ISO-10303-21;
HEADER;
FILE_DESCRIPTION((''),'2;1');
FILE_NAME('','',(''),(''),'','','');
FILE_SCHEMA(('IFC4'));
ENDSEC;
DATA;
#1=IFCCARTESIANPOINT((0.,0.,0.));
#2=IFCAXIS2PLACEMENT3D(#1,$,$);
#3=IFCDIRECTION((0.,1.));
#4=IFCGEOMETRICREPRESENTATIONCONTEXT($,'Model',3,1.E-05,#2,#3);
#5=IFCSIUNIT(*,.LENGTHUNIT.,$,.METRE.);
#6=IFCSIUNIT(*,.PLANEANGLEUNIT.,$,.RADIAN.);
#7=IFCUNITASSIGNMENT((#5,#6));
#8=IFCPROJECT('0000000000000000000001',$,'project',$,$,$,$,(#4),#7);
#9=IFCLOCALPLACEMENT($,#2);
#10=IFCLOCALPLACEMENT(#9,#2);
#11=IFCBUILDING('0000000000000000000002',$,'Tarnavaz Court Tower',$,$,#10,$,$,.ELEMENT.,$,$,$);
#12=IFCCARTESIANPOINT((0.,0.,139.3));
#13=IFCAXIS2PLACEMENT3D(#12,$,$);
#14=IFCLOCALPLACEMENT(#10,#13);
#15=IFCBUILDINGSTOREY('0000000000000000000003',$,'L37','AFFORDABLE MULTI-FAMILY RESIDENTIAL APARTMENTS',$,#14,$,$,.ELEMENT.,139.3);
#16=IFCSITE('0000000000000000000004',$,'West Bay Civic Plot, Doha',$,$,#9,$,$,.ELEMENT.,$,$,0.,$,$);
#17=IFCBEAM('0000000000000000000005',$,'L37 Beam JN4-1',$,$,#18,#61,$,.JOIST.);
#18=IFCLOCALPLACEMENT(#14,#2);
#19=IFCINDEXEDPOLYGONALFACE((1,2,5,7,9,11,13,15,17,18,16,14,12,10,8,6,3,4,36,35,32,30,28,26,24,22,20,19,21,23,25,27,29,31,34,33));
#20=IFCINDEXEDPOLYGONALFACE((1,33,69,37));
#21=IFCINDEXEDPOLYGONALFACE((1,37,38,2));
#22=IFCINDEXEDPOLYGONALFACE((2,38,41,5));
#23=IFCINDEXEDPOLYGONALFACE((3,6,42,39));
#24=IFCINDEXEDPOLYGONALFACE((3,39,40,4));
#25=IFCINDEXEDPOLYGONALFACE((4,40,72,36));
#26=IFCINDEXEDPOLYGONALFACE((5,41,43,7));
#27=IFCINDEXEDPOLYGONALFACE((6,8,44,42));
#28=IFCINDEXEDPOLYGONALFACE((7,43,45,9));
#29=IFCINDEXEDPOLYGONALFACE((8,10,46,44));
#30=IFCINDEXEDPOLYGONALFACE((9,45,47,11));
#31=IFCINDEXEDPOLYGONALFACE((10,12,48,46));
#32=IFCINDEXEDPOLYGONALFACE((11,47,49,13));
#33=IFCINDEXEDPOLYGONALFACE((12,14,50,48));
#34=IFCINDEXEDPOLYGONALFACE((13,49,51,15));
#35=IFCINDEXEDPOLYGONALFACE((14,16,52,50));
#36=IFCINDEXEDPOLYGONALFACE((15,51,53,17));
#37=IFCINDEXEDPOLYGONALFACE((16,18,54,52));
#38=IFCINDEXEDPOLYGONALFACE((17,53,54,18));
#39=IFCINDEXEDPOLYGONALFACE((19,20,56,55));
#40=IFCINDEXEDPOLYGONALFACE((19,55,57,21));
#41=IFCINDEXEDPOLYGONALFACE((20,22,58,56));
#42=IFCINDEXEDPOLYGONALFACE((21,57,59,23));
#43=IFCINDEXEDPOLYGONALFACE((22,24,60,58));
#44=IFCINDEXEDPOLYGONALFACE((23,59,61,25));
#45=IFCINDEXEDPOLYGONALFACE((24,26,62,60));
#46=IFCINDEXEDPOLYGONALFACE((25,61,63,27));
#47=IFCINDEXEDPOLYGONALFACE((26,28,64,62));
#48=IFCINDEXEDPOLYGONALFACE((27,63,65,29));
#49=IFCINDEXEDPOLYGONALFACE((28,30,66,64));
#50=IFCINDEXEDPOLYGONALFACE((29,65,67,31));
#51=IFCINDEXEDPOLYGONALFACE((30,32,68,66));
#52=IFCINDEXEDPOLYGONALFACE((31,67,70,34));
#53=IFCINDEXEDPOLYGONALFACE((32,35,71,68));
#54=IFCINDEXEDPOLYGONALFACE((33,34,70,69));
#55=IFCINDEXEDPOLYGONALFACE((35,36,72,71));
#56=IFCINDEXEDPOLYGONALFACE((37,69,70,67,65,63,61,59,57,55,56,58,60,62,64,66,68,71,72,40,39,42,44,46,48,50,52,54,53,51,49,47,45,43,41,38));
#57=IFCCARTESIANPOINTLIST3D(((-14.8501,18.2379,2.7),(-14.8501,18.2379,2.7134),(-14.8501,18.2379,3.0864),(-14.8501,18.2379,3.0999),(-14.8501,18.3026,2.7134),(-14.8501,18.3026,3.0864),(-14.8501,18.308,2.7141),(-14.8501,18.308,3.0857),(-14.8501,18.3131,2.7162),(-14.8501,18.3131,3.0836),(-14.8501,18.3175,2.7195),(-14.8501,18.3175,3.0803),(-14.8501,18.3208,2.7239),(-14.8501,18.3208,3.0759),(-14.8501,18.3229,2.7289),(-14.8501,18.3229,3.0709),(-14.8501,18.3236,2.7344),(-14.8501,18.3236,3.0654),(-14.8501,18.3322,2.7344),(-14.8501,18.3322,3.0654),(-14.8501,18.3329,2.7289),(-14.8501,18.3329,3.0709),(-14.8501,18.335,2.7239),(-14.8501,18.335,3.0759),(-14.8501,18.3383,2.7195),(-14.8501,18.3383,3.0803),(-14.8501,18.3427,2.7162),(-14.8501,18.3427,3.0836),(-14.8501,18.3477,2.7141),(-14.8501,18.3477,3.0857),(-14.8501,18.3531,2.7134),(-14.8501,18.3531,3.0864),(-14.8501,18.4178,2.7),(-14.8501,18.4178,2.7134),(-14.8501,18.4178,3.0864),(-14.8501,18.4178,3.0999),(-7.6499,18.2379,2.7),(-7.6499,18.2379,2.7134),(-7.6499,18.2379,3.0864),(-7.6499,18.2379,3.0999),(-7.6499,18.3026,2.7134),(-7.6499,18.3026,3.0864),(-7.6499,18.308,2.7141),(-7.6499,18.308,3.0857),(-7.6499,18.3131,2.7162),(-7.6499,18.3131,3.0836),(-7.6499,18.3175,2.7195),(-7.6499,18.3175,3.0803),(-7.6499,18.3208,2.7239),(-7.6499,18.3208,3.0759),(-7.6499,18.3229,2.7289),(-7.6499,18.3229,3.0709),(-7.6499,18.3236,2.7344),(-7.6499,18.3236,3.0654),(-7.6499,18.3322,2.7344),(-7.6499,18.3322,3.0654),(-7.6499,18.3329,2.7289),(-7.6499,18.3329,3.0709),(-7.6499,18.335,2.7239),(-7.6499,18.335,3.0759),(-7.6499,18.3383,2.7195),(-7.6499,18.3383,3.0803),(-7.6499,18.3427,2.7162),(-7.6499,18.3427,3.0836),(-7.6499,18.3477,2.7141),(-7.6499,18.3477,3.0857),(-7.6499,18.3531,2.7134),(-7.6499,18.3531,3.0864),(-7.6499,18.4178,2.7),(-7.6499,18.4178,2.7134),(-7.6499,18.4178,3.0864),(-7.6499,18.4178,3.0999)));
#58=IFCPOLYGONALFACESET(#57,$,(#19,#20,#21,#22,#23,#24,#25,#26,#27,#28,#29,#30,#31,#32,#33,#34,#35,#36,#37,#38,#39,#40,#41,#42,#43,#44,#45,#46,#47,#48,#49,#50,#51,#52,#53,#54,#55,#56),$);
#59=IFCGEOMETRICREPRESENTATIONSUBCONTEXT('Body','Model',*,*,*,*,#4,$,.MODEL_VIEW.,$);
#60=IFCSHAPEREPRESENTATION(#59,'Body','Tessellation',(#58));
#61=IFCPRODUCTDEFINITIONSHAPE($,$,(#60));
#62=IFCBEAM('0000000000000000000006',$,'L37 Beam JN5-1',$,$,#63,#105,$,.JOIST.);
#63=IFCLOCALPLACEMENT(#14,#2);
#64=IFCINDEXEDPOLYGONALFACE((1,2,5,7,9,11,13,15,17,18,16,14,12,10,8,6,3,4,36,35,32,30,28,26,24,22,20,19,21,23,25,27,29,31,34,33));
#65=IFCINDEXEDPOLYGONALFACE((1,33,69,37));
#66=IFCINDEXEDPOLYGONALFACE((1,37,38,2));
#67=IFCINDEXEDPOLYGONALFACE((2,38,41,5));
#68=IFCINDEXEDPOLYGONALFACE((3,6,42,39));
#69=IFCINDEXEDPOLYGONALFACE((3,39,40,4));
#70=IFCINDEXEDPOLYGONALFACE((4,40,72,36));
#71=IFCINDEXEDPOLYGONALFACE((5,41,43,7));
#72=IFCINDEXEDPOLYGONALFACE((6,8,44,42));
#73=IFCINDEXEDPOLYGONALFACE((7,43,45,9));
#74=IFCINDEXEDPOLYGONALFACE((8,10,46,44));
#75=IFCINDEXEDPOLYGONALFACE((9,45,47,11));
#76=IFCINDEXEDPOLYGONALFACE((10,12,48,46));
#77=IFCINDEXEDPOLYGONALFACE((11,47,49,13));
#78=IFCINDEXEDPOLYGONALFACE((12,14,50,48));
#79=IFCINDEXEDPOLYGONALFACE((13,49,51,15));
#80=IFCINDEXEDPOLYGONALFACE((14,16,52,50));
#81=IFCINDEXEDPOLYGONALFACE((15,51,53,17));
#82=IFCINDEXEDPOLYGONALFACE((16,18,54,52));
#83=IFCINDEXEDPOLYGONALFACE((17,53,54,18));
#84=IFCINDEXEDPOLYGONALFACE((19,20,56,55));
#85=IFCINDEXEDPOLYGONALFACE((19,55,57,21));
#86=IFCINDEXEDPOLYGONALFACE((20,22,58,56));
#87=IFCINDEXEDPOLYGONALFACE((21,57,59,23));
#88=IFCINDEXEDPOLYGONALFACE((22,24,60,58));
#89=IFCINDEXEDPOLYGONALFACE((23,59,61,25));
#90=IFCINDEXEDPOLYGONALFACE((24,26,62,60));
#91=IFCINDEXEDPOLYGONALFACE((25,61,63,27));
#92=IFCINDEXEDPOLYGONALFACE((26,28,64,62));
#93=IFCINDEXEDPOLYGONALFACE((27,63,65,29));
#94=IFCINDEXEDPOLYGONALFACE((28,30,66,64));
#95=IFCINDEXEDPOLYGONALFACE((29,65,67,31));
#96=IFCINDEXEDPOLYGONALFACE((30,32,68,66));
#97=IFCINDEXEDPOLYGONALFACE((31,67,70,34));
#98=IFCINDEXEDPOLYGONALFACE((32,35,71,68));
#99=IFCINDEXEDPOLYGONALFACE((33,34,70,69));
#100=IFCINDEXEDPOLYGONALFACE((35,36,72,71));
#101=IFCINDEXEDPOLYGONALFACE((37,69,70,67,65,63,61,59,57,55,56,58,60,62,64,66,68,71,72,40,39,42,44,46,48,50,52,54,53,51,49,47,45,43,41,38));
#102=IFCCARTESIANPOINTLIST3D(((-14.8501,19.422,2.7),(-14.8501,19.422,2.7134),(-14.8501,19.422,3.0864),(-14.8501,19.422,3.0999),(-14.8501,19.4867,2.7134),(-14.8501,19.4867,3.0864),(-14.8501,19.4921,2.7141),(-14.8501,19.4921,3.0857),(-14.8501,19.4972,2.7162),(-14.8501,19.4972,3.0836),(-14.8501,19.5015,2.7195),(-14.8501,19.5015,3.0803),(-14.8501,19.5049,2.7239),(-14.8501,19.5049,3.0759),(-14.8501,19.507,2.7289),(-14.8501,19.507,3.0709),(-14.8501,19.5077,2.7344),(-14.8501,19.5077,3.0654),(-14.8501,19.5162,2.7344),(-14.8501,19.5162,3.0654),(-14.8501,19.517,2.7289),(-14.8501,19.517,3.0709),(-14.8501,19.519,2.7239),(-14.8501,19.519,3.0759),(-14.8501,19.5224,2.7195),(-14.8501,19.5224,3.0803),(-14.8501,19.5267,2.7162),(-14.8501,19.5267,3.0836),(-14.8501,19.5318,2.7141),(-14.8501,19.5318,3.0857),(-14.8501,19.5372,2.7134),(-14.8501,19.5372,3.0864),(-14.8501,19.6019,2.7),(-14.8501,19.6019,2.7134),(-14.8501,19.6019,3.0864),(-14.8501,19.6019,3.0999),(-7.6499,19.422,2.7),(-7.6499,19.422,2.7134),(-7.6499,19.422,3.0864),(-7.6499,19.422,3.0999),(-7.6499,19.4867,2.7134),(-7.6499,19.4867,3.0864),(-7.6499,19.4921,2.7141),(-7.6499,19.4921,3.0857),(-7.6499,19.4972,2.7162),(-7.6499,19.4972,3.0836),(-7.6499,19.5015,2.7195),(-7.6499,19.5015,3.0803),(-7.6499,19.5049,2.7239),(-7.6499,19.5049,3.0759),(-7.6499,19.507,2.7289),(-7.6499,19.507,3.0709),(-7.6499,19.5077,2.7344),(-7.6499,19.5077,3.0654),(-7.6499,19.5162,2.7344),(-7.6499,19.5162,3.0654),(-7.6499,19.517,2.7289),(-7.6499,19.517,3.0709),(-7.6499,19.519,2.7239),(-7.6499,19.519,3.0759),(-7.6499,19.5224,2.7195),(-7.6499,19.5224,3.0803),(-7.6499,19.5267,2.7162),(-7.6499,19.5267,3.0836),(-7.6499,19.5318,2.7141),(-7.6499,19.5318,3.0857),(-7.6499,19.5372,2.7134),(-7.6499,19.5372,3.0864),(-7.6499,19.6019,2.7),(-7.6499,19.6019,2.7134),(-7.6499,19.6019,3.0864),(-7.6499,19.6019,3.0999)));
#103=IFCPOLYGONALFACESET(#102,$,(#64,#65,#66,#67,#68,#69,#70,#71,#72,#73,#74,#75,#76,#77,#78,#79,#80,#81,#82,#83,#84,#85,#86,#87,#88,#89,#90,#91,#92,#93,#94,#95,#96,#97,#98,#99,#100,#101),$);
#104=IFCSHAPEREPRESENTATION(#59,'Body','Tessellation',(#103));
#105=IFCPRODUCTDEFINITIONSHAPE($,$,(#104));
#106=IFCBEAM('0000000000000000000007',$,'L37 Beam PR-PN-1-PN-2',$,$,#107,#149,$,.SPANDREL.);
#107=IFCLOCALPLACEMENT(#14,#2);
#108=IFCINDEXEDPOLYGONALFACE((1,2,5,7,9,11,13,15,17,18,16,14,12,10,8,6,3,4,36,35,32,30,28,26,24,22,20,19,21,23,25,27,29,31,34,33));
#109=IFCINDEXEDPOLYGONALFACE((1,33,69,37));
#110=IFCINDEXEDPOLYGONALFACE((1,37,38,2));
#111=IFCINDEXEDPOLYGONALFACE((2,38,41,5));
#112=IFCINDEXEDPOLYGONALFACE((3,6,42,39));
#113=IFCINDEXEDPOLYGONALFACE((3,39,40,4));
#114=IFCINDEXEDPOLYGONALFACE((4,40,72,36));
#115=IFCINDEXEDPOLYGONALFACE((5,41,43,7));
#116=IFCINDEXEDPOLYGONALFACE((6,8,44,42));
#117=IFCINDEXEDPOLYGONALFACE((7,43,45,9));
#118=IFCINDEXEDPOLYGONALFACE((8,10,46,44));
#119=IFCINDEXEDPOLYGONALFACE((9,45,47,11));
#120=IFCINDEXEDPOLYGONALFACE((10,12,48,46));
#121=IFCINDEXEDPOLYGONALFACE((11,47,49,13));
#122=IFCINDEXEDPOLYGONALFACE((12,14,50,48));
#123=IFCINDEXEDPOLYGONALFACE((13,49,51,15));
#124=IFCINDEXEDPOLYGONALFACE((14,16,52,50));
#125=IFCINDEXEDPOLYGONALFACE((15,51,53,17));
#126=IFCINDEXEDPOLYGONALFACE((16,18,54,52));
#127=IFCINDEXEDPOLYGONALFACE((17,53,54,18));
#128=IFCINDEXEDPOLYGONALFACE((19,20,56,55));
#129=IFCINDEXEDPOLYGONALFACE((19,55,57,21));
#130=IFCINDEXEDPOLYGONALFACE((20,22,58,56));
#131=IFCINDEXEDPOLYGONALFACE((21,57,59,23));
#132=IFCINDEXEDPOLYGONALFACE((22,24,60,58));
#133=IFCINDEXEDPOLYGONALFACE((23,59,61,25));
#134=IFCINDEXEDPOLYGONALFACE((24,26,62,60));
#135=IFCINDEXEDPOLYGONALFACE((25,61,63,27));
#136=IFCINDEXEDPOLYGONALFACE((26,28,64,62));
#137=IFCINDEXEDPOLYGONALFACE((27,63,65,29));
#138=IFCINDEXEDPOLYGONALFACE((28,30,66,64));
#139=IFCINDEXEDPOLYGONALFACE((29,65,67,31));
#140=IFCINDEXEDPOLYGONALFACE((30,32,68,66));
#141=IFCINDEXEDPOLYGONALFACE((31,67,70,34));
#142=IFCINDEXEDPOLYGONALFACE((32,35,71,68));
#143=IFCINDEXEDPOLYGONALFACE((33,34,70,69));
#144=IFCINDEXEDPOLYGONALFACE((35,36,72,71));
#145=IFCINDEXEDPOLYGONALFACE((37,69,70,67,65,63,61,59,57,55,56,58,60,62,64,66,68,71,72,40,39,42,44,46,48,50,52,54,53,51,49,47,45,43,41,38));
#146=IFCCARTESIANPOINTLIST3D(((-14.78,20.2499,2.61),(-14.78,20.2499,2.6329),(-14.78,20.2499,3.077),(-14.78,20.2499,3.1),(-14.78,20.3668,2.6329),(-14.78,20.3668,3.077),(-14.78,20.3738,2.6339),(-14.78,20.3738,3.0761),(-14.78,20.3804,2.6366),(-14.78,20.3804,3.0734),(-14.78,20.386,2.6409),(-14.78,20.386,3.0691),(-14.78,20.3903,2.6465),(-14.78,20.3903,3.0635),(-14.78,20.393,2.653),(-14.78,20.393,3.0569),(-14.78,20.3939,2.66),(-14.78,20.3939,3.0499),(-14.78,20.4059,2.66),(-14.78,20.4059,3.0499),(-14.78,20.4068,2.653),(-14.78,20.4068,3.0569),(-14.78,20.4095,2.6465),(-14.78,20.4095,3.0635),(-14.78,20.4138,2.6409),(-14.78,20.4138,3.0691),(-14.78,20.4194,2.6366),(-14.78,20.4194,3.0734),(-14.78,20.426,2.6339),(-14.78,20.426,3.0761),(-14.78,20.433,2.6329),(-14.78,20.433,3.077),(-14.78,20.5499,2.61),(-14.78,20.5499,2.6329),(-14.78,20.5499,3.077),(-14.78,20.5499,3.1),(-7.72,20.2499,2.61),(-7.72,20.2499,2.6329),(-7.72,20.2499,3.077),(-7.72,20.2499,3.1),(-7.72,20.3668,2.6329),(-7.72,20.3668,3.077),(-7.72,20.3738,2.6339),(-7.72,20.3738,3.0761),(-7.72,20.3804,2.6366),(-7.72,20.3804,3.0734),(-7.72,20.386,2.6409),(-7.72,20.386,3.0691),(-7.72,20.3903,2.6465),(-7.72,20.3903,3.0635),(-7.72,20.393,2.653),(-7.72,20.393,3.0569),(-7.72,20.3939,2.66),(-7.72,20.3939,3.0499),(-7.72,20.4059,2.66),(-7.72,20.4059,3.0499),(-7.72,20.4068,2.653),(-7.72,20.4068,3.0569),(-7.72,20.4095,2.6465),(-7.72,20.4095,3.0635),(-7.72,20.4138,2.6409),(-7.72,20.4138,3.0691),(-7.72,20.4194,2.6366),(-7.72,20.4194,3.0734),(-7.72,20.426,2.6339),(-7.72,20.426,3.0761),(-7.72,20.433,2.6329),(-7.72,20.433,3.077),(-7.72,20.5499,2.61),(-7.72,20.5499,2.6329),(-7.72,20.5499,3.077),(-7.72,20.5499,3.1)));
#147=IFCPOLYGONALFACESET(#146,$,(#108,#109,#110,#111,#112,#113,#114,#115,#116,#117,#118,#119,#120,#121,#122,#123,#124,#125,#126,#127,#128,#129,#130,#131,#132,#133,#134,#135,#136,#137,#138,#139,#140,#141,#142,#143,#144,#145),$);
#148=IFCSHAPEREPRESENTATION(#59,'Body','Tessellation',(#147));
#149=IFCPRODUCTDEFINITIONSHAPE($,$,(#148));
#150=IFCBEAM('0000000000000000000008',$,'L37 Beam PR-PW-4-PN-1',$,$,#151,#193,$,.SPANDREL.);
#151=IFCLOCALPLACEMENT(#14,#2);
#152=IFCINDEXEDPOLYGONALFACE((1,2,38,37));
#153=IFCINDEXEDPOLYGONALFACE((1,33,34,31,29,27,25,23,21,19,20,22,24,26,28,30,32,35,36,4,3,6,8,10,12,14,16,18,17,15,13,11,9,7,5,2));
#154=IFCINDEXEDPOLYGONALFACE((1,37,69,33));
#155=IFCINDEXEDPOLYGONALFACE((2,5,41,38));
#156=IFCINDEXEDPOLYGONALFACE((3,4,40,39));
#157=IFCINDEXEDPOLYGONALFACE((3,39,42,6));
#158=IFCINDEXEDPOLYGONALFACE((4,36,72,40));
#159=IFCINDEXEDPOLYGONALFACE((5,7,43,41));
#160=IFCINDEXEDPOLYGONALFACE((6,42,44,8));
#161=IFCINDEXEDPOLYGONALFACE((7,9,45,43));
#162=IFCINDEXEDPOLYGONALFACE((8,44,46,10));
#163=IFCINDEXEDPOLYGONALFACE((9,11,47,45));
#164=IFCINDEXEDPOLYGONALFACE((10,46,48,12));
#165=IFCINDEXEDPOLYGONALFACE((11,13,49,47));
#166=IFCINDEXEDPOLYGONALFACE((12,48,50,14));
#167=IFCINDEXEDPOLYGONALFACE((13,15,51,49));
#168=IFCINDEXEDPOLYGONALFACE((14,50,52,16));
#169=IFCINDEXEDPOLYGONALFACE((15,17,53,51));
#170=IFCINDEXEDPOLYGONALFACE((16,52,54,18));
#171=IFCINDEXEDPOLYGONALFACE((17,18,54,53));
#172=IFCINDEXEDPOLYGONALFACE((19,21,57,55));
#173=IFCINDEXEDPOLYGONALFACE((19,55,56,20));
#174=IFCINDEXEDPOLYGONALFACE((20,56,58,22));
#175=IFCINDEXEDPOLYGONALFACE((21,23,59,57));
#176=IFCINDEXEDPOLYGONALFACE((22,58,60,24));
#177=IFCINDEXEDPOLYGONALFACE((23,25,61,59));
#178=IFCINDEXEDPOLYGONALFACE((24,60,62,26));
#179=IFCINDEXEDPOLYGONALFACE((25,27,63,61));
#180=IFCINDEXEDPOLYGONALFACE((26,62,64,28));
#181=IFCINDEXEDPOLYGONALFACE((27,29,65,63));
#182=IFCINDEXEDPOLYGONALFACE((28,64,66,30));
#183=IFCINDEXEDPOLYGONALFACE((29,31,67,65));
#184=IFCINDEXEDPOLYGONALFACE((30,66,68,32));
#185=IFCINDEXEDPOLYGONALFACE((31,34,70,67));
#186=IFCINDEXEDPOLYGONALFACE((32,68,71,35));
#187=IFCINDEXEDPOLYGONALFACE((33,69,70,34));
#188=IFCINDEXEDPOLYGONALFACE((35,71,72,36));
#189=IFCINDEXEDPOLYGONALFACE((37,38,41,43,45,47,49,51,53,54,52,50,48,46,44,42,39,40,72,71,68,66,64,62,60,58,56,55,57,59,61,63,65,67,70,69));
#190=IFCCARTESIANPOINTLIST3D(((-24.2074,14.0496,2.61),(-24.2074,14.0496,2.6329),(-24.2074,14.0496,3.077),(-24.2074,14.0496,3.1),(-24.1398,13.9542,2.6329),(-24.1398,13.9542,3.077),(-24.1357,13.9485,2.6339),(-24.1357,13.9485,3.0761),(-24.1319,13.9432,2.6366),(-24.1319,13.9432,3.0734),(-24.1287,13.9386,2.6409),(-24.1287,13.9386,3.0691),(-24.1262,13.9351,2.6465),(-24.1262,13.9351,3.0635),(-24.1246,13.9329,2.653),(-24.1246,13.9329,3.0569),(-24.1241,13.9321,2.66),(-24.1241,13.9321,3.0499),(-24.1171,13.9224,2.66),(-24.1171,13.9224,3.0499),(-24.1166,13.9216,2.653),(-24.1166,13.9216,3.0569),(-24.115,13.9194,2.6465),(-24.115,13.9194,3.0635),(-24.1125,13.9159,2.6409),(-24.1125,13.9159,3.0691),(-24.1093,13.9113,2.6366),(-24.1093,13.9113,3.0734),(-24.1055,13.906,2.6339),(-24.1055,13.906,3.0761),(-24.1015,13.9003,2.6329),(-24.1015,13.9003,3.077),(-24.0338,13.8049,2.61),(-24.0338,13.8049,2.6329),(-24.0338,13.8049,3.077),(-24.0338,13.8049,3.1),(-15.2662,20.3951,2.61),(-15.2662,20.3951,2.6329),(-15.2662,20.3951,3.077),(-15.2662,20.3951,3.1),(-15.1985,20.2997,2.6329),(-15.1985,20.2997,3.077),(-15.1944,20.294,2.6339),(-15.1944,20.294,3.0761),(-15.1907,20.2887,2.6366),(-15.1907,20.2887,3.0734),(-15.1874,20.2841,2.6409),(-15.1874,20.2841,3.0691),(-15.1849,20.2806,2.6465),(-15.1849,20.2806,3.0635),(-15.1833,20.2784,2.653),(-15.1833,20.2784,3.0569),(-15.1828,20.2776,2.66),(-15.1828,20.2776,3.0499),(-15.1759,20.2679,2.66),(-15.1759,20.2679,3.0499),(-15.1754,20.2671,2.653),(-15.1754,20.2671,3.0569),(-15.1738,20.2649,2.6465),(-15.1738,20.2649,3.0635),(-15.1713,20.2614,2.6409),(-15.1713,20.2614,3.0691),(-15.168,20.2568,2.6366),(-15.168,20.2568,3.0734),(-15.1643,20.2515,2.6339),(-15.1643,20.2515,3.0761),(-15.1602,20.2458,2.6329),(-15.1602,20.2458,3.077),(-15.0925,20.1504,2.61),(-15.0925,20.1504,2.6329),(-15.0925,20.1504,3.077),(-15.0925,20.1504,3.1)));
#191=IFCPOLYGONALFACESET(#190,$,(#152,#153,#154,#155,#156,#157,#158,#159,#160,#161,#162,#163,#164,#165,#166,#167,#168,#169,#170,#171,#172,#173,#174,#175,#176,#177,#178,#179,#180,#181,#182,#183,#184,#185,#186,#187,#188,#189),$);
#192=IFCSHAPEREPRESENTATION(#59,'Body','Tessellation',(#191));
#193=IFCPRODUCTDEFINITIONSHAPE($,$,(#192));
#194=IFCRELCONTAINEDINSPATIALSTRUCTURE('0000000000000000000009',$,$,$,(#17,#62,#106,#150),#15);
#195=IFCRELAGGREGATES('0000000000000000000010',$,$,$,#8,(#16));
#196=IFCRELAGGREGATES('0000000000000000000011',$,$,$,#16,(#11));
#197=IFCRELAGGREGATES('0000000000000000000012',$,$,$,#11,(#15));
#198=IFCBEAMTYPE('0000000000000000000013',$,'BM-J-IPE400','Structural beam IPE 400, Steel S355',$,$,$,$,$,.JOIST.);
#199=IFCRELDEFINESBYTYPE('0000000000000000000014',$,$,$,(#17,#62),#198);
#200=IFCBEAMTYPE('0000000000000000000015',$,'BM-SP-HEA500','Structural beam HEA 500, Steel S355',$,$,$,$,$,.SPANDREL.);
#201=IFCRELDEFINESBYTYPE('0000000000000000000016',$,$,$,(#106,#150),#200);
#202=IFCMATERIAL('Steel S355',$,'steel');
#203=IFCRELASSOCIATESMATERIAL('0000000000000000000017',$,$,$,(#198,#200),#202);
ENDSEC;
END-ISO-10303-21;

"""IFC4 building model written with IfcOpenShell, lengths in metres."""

from ifc_helpers import new_model, si_unit, direction, frame, origin, origin_2d, place, context, subcontext, project, spatial, i_section, extrude, material, material_profile, profile_set, type_object, element, save


model = new_model("IFC4")

# Units and contexts
model_context = context("Model", 3, precision=1e-05, world=origin(), true_north=direction((0.0, 1.0)))
body_context = subcontext(model_context, "Body", "Model", "MODEL_VIEW")
ifc_project = project(units=[si_unit("LENGTHUNIT", "METRE"), si_unit("PLANEANGLEUNIT", "RADIAN")], contexts=[model_context])

# Site, building, storey
site_placement = place(None, origin())
site = spatial("IfcSite", under=ifc_project, at=site_placement, Name="West Bay Civic Plot, Doha", CompositionType="ELEMENT", RefElevation=0.0)
building_placement = place(site_placement, origin())
building = spatial("IfcBuilding", under=site, at=building_placement, Name="Tarnavaz Court Tower", CompositionType="ELEMENT")
storey_placement = place(building_placement, frame((0.0, 0.0, 139.3)))
storey = spatial("IfcBuildingStorey", under=building, at=storey_placement, Name="L37", Description="AFFORDABLE MULTI-FAMILY RESIDENTIAL APARTMENTS", CompositionType="ELEMENT", Elevation=139.3)

# Beams
ifc_material_1 = material(Name="Steel S355", Category="steel")
ifc_material_profile_1 = material_profile(ifc_material_1, i_section(OverallWidth=0.1799, OverallDepth=0.3999, WebThickness=0.0085, FlangeThickness=0.0134, FilletRadius=0.021, at=origin_2d()), Name="IPE 400")
ifc_profile_set_1 = profile_set([ifc_material_profile_1], Name="Steel S355")
beam_type_1 = type_object("IfcBeamType", Name="BM-J-IPE400", Description="Structural beam IPE 400, Steel S355", PredefinedType="JOIST", material=ifc_profile_set_1)
for number, where, z_axis, x_axis, name in (
    (1, (-14.8501, 18.3279, 2.8999), (1.0, 0.0, 0.0), (0.0, 1.0, 0.0), "L37 Beam JN4-1"),
    (2, (-14.8501, 19.512, 2.8999), (1.0, 0.0, 0.0), (0.0, 1.0, 0.0), "L37 Beam JN5-1"),
):
    element("IfcBeam", number, at=place(storey_placement, frame(where, z_axis=z_axis, x_axis=x_axis)), inside=storey, type_object=beam_type_1, Name=name, PredefinedType="JOIST", context=body_context, shape_type="SweptSolid", body=[
        extrude(i_section(OverallWidth=0.1799, OverallDepth=0.3999, WebThickness=0.0085, FlangeThickness=0.0134, FilletRadius=0.021, at=origin_2d()), origin(), (0.0, 0.0, 1.0), 7.2002),
    ])
ifc_material_profile_2 = material_profile(ifc_material_1, i_section(OverallWidth=0.3, OverallDepth=0.49, WebThickness=0.012, FlangeThickness=0.0229, FilletRadius=0.0271, at=origin_2d()), Name="HEA 500")
ifc_profile_set_2 = profile_set([ifc_material_profile_2], Name="Steel S355")
beam_type_2 = type_object("IfcBeamType", Name="BM-SP-HEA500", Description="Structural beam HEA 500, Steel S355", PredefinedType="SPANDREL", material=ifc_profile_set_2)
beam_1_placement = place(storey_placement, frame((-14.78, 20.3999, 2.855), z_axis=(1.0, 0.0, 0.0), x_axis=(0.0, 1.0, 0.0)))
element("IfcBeam", 3, at=beam_1_placement, inside=storey, type_object=beam_type_2, Name="L37 Beam PR-PN-1-PN-2", PredefinedType="SPANDREL", context=body_context, shape_type="SweptSolid", body=[
    extrude(i_section(OverallWidth=0.3, OverallDepth=0.49, WebThickness=0.012, FlangeThickness=0.0229, FilletRadius=0.0271, at=origin_2d()), origin(), (0.0, 0.0, 1.0), 7.0601),
])
beam_2_placement = place(storey_placement, frame((-24.1206, 13.9272, 2.855), z_axis=(0.815502, 0.578754, 0.0), x_axis=(-0.578754, 0.815502, 0.0)))
element("IfcBeam", 4, at=beam_2_placement, inside=storey, type_object=beam_type_2, Name="L37 Beam PR-PW-4-PN-1", PredefinedType="SPANDREL", context=body_context, shape_type="SweptSolid", body=[
    extrude(i_section(OverallWidth=0.3, OverallDepth=0.49, WebThickness=0.012, FlangeThickness=0.0229, FilletRadius=0.0271, at=origin_2d()), origin(), (0.0, 0.0, 1.0), 10.9641),
])

save(model, "model.ifc")
